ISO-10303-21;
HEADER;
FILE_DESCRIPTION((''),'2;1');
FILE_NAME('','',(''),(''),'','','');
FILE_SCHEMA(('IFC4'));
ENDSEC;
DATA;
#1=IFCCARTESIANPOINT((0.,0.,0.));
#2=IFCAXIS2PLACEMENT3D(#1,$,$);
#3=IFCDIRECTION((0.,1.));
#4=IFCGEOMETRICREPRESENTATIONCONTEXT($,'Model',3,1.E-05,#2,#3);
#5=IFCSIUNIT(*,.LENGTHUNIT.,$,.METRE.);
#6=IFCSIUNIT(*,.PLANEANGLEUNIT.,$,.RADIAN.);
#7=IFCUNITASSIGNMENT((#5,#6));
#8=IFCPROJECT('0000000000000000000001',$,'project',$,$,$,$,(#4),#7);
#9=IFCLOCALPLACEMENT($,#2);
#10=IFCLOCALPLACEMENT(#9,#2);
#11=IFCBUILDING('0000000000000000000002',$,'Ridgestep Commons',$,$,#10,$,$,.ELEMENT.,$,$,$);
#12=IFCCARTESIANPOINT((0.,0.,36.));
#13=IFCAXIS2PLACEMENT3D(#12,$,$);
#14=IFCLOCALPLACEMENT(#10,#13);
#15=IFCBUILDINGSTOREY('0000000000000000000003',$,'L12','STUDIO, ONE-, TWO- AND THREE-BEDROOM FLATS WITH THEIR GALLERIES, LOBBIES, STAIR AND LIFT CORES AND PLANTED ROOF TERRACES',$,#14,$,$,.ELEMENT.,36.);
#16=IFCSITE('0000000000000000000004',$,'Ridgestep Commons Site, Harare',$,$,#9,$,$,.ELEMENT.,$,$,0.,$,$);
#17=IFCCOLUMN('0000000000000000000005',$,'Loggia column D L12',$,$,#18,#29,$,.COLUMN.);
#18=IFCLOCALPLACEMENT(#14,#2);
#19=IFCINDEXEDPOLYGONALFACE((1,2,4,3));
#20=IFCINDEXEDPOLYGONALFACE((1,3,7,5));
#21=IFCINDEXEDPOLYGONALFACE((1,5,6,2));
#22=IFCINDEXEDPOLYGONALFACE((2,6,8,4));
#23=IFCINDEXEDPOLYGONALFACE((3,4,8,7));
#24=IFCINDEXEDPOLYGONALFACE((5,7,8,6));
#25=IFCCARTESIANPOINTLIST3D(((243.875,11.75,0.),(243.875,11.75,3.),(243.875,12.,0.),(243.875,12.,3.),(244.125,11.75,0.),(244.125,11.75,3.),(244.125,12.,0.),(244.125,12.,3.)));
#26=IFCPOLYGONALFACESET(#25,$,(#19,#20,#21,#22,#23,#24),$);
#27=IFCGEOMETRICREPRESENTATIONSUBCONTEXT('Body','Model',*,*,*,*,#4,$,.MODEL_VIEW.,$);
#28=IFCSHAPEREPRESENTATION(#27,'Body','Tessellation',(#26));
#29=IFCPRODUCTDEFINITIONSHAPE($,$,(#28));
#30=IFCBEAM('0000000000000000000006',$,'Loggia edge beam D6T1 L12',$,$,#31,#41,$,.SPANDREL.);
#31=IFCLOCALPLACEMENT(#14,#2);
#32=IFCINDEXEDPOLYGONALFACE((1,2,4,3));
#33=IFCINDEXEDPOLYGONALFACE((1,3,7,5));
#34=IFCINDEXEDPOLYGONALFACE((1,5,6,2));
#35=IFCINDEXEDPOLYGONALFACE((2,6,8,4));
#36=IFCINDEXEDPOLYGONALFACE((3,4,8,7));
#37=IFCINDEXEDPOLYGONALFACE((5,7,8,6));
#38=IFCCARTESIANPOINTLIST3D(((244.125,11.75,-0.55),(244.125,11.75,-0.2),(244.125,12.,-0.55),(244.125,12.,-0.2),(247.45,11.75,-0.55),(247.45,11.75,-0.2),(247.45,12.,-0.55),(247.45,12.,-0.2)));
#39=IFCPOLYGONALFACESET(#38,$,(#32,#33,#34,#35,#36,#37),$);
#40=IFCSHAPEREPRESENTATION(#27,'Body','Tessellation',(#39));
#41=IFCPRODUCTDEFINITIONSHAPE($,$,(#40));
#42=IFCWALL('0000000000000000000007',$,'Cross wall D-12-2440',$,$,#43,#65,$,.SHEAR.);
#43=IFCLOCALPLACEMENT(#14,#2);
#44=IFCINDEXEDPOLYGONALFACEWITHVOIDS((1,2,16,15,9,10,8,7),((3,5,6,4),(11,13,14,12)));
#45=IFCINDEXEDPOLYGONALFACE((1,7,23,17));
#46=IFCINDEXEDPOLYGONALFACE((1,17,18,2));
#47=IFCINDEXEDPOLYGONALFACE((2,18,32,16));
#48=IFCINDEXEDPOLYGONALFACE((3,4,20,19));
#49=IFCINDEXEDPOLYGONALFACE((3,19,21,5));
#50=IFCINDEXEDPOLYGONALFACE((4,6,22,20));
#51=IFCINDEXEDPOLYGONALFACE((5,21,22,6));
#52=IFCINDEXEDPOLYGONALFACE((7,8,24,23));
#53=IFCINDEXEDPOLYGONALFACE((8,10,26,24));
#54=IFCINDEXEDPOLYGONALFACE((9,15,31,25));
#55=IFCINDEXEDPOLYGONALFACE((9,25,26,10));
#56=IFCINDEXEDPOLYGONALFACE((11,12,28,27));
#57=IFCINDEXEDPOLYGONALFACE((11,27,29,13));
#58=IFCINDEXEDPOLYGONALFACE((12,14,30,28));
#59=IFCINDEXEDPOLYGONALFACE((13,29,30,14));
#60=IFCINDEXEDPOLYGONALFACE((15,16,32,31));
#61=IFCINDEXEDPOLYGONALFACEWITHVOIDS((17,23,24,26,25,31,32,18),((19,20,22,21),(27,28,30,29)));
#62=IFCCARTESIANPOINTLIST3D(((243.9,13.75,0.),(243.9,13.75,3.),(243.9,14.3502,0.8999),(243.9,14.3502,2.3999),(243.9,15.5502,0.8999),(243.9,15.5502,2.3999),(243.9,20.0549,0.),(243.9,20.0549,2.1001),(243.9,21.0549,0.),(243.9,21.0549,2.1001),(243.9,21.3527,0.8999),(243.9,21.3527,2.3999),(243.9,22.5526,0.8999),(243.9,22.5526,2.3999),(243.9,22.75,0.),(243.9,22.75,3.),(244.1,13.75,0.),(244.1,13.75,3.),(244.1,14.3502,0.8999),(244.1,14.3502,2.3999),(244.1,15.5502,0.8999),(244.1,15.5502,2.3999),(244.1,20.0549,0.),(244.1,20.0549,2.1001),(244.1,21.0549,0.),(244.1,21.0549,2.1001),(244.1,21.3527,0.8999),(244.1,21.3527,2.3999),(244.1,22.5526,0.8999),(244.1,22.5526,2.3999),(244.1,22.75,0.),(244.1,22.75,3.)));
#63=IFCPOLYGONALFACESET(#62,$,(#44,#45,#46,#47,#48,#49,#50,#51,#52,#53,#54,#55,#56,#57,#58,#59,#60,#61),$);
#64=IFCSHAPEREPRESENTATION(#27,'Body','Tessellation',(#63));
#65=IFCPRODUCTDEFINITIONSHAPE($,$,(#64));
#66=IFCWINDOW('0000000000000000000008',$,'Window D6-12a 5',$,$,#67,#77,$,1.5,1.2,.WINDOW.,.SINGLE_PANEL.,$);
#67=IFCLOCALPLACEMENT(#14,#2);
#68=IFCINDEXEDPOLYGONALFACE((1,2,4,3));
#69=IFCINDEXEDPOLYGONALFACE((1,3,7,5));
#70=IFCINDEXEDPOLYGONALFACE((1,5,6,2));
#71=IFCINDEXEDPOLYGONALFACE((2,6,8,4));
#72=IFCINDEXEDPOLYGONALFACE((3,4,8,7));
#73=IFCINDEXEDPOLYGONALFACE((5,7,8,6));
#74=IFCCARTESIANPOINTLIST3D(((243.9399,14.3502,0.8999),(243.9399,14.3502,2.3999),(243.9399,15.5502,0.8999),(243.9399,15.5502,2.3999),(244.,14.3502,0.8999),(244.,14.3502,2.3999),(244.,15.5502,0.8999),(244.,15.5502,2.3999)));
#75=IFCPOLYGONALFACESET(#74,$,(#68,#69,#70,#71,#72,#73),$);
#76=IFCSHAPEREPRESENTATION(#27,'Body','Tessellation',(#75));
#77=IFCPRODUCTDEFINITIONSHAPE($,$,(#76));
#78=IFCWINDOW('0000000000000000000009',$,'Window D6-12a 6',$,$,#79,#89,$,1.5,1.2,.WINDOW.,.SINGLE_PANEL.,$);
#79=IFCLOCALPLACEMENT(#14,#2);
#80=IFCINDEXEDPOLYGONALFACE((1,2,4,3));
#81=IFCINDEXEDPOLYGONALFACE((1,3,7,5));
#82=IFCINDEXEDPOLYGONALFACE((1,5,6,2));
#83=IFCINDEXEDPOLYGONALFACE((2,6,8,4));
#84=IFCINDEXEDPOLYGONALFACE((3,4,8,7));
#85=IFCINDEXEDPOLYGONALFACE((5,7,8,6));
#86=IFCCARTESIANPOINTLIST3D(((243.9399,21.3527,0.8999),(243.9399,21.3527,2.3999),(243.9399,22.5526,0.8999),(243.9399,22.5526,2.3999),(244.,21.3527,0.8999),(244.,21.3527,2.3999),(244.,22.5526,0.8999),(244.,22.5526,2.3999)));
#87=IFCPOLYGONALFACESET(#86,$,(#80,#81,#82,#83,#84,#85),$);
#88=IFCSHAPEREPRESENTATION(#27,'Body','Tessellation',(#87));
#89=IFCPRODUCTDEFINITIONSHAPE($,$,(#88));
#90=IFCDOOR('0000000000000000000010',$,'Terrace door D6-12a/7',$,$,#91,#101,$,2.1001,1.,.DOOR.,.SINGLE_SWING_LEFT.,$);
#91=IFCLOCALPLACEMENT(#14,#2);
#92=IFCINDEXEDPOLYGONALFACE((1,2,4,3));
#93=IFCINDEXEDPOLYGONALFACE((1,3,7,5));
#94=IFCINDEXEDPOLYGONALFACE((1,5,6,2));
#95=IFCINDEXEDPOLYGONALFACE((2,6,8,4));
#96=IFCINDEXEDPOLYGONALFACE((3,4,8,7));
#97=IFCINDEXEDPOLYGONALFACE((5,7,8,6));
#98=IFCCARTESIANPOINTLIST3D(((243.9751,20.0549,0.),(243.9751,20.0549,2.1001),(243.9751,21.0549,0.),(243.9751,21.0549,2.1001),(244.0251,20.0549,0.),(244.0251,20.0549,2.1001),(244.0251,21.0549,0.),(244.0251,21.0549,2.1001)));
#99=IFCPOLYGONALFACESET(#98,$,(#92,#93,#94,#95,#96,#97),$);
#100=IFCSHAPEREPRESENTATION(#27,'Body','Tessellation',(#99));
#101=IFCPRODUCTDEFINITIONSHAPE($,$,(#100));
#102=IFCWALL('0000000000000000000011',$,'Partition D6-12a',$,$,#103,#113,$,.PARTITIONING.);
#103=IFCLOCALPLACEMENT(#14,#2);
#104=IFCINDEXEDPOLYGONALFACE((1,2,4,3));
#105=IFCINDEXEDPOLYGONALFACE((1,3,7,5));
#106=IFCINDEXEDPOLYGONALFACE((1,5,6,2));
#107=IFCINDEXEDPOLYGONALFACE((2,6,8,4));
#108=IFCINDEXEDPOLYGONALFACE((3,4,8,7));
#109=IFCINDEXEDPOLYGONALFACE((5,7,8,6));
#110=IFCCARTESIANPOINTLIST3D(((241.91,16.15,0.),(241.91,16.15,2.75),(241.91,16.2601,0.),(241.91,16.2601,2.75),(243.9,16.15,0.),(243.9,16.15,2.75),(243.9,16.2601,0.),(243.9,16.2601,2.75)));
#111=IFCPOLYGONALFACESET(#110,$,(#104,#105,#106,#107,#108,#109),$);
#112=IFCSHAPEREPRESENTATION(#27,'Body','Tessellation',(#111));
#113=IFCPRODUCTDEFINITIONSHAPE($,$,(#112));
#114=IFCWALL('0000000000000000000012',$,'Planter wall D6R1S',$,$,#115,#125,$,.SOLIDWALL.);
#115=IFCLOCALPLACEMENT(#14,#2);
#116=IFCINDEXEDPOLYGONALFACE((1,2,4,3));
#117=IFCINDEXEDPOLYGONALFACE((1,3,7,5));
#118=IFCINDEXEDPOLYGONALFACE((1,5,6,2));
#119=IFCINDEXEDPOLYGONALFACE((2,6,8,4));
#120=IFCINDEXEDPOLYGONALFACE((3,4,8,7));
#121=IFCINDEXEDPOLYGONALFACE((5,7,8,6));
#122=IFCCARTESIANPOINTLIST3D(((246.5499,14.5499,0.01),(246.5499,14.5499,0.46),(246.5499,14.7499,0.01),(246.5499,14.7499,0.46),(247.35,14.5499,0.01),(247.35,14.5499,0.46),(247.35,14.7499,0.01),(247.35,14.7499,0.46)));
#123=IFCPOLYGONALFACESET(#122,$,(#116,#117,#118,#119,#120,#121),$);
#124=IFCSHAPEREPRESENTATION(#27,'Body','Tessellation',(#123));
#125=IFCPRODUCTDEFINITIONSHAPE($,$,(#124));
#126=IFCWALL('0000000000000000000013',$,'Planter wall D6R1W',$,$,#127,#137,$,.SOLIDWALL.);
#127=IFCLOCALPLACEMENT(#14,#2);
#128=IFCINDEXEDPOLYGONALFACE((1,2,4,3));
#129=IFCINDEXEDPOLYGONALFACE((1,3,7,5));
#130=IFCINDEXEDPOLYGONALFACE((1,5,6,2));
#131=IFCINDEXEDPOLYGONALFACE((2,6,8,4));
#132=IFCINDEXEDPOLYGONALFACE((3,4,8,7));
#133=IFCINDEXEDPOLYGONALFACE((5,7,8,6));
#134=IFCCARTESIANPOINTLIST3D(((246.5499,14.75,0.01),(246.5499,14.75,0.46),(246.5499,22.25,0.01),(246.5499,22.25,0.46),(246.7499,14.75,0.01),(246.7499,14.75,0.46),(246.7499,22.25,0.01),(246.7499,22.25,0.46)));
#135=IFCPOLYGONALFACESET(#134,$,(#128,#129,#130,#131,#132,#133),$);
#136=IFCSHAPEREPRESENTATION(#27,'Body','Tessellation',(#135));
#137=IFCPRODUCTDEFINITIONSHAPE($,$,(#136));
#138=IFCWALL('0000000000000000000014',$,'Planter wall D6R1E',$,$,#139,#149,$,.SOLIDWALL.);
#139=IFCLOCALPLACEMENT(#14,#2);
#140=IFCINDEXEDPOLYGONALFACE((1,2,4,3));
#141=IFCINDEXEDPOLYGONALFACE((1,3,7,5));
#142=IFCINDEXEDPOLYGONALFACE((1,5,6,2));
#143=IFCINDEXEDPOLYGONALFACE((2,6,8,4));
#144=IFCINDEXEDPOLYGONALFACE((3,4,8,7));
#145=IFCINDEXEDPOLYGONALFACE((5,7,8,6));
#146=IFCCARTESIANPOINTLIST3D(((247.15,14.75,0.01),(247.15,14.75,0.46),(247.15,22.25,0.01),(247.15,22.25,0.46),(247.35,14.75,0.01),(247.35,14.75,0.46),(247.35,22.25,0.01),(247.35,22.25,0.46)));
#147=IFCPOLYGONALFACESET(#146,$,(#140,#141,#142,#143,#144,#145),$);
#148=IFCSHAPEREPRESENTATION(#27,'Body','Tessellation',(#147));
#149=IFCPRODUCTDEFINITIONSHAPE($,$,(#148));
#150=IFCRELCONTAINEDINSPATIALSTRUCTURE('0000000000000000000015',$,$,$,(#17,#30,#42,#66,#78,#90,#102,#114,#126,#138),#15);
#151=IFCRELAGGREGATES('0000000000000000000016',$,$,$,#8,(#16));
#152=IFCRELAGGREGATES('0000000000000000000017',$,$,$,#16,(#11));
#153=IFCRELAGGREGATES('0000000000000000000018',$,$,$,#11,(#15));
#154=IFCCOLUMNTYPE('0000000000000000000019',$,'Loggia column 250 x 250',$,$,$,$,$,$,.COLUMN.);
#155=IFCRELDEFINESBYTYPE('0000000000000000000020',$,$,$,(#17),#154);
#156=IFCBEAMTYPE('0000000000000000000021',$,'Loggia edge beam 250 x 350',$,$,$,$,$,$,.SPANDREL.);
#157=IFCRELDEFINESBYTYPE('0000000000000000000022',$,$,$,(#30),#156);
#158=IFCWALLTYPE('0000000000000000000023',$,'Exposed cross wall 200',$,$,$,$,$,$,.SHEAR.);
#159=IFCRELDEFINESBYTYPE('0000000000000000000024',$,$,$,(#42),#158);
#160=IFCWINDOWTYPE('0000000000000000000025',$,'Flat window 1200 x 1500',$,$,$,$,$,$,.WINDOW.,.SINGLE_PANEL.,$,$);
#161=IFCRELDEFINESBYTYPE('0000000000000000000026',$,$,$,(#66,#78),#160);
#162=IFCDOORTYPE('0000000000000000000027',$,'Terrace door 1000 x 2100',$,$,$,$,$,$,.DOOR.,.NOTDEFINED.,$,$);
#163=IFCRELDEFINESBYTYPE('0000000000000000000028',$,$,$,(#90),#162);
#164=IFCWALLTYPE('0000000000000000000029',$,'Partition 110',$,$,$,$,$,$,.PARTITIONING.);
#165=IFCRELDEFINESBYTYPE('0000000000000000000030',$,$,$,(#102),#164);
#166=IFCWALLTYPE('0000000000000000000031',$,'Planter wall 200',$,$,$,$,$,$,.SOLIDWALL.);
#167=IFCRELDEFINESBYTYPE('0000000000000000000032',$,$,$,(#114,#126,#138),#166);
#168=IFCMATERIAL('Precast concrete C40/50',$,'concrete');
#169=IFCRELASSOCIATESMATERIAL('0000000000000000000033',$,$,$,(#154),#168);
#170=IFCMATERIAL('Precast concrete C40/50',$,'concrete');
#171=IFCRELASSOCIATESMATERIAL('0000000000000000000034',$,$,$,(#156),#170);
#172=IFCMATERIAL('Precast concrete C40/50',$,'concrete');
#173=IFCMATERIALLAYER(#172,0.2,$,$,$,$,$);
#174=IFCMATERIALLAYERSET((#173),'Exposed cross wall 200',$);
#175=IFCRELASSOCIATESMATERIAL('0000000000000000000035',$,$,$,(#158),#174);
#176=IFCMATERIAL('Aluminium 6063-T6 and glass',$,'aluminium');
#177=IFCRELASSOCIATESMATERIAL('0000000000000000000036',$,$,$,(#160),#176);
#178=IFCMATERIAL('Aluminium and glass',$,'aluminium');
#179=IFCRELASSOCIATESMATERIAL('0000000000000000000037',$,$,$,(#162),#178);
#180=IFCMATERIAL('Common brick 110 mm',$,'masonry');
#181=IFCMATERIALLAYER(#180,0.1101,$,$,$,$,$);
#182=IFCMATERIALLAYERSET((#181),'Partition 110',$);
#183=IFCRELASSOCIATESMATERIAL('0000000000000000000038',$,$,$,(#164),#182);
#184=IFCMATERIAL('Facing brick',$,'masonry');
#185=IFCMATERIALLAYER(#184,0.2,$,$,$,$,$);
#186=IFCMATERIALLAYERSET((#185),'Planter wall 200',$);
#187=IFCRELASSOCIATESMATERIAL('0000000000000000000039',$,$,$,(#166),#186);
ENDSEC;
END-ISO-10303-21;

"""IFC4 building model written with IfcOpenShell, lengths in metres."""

from ifc_helpers import new_model, si_unit, direction, frame, frame_2d, origin, origin_2d, place, context, subcontext, project, spatial, rectangle, extrude, material, layer, layer_set, material_profile, profile_set, type_object, element, fill, save


model = new_model("IFC4")

# Units and contexts
model_context = context("Model", 3, precision=1e-05, world=origin(), true_north=direction((0.0, 1.0)))
body_context = subcontext(model_context, "Body", "Model", "MODEL_VIEW")
ifc_project = project(units=[si_unit("LENGTHUNIT", "METRE"), si_unit("PLANEANGLEUNIT", "RADIAN")], contexts=[model_context])

# Site, building, storey
site_placement = place(None, origin())
site = spatial("IfcSite", under=ifc_project, at=site_placement, Name="Ridgestep Commons Site, Harare", CompositionType="ELEMENT", RefElevation=0.0)
building_placement = place(site_placement, origin())
building = spatial("IfcBuilding", under=site, at=building_placement, Name="Ridgestep Commons", CompositionType="ELEMENT")
storey_placement = place(building_placement, frame((0.0, 0.0, 36.0)))
storey = spatial("IfcBuildingStorey", under=building, at=storey_placement, Name="L12", Description="STUDIO, ONE-, TWO- AND THREE-BEDROOM FLATS WITH THEIR GALLERIES, LOBBIES, STAIR AND LIFT CORES AND PLANTED ROOF TERRACES", CompositionType="ELEMENT", Elevation=36.0)

# Column
ifc_material_1 = material(Name="Precast concrete C40/50", Category="concrete")
ifc_material_profile_1 = material_profile(ifc_material_1, rectangle(XDim=0.25, YDim=0.25, at=origin_2d()), Name="PC 250x250")
ifc_profile_set_1 = profile_set([ifc_material_profile_1], Name="Precast concrete C40/50")
column_type = type_object("IfcColumnType", Name="Loggia column 250 x 250", PredefinedType="COLUMN", material=ifc_profile_set_1)
column_placement = place(storey_placement, frame((244.0, 11.875, 0.0), z_axis=(0.0, 0.0, 1.0), x_axis=(1.0, 0.0, 0.0)))
element("IfcColumn", 1, at=column_placement, inside=storey, type_object=column_type, Name="Loggia column D L12", PredefinedType="COLUMN", context=body_context, shape_type="SweptSolid", body=[
    extrude(rectangle(XDim=0.25, YDim=0.25, at=origin_2d()), origin(), (0.0, 0.0, 1.0), 3.0),
])

# Beam
ifc_material_2 = material(Name="Precast concrete C40/50", Category="concrete")
ifc_material_profile_2 = material_profile(ifc_material_2, rectangle(XDim=0.25, YDim=0.3501, at=origin_2d()), Name="PC 250x350")
ifc_profile_set_2 = profile_set([ifc_material_profile_2], Name="Precast concrete C40/50")
beam_type = type_object("IfcBeamType", Name="Loggia edge beam 250 x 350", PredefinedType="SPANDREL", material=ifc_profile_set_2)
beam_placement = place(storey_placement, frame((244.125, 11.875, -0.375), z_axis=(1.0, 0.0, 0.0), x_axis=(0.0, 1.0, 0.0)))
element("IfcBeam", 2, at=beam_placement, inside=storey, type_object=beam_type, Name="Loggia edge beam D6T1 L12", PredefinedType="SPANDREL", context=body_context, shape_type="SweptSolid", body=[
    extrude(rectangle(XDim=0.25, YDim=0.3501, at=origin_2d()), origin(), (0.0, 0.0, 1.0), 3.325),
])

# Wall, openings, windows, door
ifc_material_3 = material(Name="Precast concrete C40/50", Category="concrete")
ifc_layer_1 = layer(ifc_material_3, 0.2)
ifc_layer_set_1 = layer_set([ifc_layer_1], Name="Exposed cross wall 200")
wall_type_1 = type_object("IfcWallType", Name="Exposed cross wall 200", PredefinedType="SHEAR", material=ifc_layer_set_1)
wall_1_placement = place(storey_placement, frame((244.0, 13.75, 0.0), z_axis=(0.0, 0.0, 1.0), x_axis=(0.0, 1.0, 0.0)))
wall_1 = element("IfcWall", 3, at=wall_1_placement, inside=storey, type_object=wall_type_1, Name="Cross wall D-12-2440", PredefinedType="SHEAR", context=body_context, shape_type="SweptSolid", body=[
    extrude(rectangle(XDim=9.0, YDim=0.2, at=frame_2d((4.5, 0.0))), origin(), (0.0, 0.0, 1.0), 3.0),
])
opening_1_placement = place(wall_1_placement, frame((0.6001, 0.0, 0.8999)))
opening_1 = element("IfcOpeningElement", 4, at=opening_1_placement, cuts=wall_1, PredefinedType="OPENING", context=body_context, shape_type="SweptSolid", body=[
    extrude(rectangle(XDim=1.2, YDim=1.5, at=frame_2d((0.6001, 0.75))), frame((0.0, 0.1099, 0.0), z_axis=(0.0, -1.0, 0.0), x_axis=(1.0, 0.0, 0.0)), (0.0, 0.0, 1.0), 0.22),
])
opening_2_placement = place(wall_1_placement, frame((7.6025, 0.0, 0.8999)))
opening_2 = element("IfcOpeningElement", 5, at=opening_2_placement, cuts=wall_1, PredefinedType="OPENING", context=body_context, shape_type="SweptSolid", body=[
    extrude(rectangle(XDim=1.2, YDim=1.5, at=frame_2d((0.6001, 0.75))), frame((0.0, 0.1099, 0.0), z_axis=(0.0, -1.0, 0.0), x_axis=(1.0, 0.0, 0.0)), (0.0, 0.0, 1.0), 0.22),
])
opening_3_placement = place(wall_1_placement, frame((6.3049, 0.0, 0.0)))
opening_3 = element("IfcOpeningElement", 6, at=opening_3_placement, cuts=wall_1, PredefinedType="OPENING", context=body_context, shape_type="SweptSolid", body=[
    extrude(rectangle(XDim=1.0, YDim=2.1001, at=frame_2d((0.5, 1.05))), frame((0.0, 0.1099, 0.0), z_axis=(0.0, -1.0, 0.0), x_axis=(1.0, 0.0, 0.0)), (0.0, 0.0, 1.0), 0.22),
])
ifc_material_4 = material(Name="Aluminium 6063-T6 and glass", Category="aluminium")
window_type = type_object("IfcWindowType", Name="Flat window 1200 x 1500", PartitioningType="SINGLE_PANEL", PredefinedType="WINDOW", material=ifc_material_4)
window_1_placement = place(opening_1_placement, origin())
window_1 = element("IfcWindow", 7, at=window_1_placement, inside=storey, type_object=window_type, Name="Window D6-12a 5", OverallHeight=1.5, OverallWidth=1.2, PartitioningType="SINGLE_PANEL", PredefinedType="WINDOW", context=body_context, shape_type="SweptSolid", body=[
    extrude(rectangle(XDim=1.2, YDim=1.5, at=frame_2d((0.6001, 0.75))), frame((0.0, 0.0601, 0.0), z_axis=(0.0, -1.0, 0.0), x_axis=(1.0, 0.0, 0.0)), (0.0, 0.0, 1.0), 0.0601),
])
fill(opening_1, window_1)
window_2_placement = place(opening_2_placement, origin())
window_2 = element("IfcWindow", 8, at=window_2_placement, inside=storey, type_object=window_type, Name="Window D6-12a 6", OverallHeight=1.5, OverallWidth=1.2, PartitioningType="SINGLE_PANEL", PredefinedType="WINDOW", context=body_context, shape_type="SweptSolid", body=[
    extrude(rectangle(XDim=1.2, YDim=1.5, at=frame_2d((0.6001, 0.75))), frame((0.0, 0.0601, 0.0), z_axis=(0.0, -1.0, 0.0), x_axis=(1.0, 0.0, 0.0)), (0.0, 0.0, 1.0), 0.0601),
])
fill(opening_2, window_2)
ifc_material_5 = material(Name="Aluminium and glass", Category="aluminium")
door_type = type_object("IfcDoorType", Name="Terrace door 1000 x 2100", OperationType="NOTDEFINED", PredefinedType="DOOR", material=ifc_material_5)
door_placement = place(opening_3_placement, origin())
door = element("IfcDoor", 9, at=door_placement, inside=storey, type_object=door_type, Name="Terrace door D6-12a/7", OperationType="SINGLE_SWING_LEFT", OverallHeight=2.1001, OverallWidth=1.0, PredefinedType="DOOR", context=body_context, shape_type="SweptSolid", body=[
    extrude(rectangle(XDim=1.0, YDim=2.1001, at=frame_2d((0.5, 1.05))), frame((0.0, 0.0249, 0.0), z_axis=(0.0, -1.0, 0.0), x_axis=(1.0, 0.0, 0.0)), (0.0, 0.0, 1.0), 0.05),
])
fill(opening_3, door)

# Walls
ifc_material_6 = material(Name="Common brick 110 mm", Category="masonry")
ifc_layer_2 = layer(ifc_material_6, 0.1101)
ifc_layer_set_2 = layer_set([ifc_layer_2], Name="Partition 110")
wall_type_2 = type_object("IfcWallType", Name="Partition 110", PredefinedType="PARTITIONING", material=ifc_layer_set_2)
wall_2_placement = place(storey_placement, frame((241.9099, 16.2051, 0.0), z_axis=(0.0, 0.0, 1.0), x_axis=(1.0, 0.0, 0.0)))
element("IfcWall", 10, at=wall_2_placement, inside=storey, type_object=wall_type_2, Name="Partition D6-12a", PredefinedType="PARTITIONING", context=body_context, shape_type="SweptSolid", body=[
    extrude(rectangle(XDim=1.99, YDim=0.1101, at=frame_2d((0.9951, 0.0))), origin(), (0.0, 0.0, 1.0), 2.75),
])
ifc_material_7 = material(Name="Facing brick", Category="masonry")
ifc_layer_3 = layer(ifc_material_7, 0.2)
ifc_layer_set_3 = layer_set([ifc_layer_3], Name="Planter wall 200")
wall_type_3 = type_object("IfcWallType", Name="Planter wall 200", PredefinedType="SOLIDWALL", material=ifc_layer_set_3)
wall_3_placement = place(storey_placement, frame((246.55, 14.6499, 0.01), z_axis=(0.0, 0.0, 1.0), x_axis=(1.0, 0.0, 0.0)))
element("IfcWall", 11, at=wall_3_placement, inside=storey, type_object=wall_type_3, Name="Planter wall D6R1S", PredefinedType="SOLIDWALL", context=body_context, shape_type="SweptSolid", body=[
    extrude(rectangle(XDim=0.8, YDim=0.2, at=frame_2d((0.3999, 0.0))), origin(), (0.0, 0.0, 1.0), 0.45),
])
for number, where, z_axis, x_axis, name in (
    (12, (246.6499, 14.75, 0.01), (0.0, 0.0, 1.0), (0.0, 1.0, 0.0), "Planter wall D6R1W"),
    (13, (247.25, 14.75, 0.01), (0.0, 0.0, 1.0), (0.0, 1.0, 0.0), "Planter wall D6R1E"),
):
    element("IfcWall", number, at=place(storey_placement, frame(where, z_axis=z_axis, x_axis=x_axis)), inside=storey, type_object=wall_type_3, Name=name, PredefinedType="SOLIDWALL", context=body_context, shape_type="SweptSolid", body=[
        extrude(rectangle(XDim=7.5, YDim=0.2, at=frame_2d((3.75, 0.0))), origin(), (0.0, 0.0, 1.0), 0.45),
    ])

save(model, "model.ifc")
